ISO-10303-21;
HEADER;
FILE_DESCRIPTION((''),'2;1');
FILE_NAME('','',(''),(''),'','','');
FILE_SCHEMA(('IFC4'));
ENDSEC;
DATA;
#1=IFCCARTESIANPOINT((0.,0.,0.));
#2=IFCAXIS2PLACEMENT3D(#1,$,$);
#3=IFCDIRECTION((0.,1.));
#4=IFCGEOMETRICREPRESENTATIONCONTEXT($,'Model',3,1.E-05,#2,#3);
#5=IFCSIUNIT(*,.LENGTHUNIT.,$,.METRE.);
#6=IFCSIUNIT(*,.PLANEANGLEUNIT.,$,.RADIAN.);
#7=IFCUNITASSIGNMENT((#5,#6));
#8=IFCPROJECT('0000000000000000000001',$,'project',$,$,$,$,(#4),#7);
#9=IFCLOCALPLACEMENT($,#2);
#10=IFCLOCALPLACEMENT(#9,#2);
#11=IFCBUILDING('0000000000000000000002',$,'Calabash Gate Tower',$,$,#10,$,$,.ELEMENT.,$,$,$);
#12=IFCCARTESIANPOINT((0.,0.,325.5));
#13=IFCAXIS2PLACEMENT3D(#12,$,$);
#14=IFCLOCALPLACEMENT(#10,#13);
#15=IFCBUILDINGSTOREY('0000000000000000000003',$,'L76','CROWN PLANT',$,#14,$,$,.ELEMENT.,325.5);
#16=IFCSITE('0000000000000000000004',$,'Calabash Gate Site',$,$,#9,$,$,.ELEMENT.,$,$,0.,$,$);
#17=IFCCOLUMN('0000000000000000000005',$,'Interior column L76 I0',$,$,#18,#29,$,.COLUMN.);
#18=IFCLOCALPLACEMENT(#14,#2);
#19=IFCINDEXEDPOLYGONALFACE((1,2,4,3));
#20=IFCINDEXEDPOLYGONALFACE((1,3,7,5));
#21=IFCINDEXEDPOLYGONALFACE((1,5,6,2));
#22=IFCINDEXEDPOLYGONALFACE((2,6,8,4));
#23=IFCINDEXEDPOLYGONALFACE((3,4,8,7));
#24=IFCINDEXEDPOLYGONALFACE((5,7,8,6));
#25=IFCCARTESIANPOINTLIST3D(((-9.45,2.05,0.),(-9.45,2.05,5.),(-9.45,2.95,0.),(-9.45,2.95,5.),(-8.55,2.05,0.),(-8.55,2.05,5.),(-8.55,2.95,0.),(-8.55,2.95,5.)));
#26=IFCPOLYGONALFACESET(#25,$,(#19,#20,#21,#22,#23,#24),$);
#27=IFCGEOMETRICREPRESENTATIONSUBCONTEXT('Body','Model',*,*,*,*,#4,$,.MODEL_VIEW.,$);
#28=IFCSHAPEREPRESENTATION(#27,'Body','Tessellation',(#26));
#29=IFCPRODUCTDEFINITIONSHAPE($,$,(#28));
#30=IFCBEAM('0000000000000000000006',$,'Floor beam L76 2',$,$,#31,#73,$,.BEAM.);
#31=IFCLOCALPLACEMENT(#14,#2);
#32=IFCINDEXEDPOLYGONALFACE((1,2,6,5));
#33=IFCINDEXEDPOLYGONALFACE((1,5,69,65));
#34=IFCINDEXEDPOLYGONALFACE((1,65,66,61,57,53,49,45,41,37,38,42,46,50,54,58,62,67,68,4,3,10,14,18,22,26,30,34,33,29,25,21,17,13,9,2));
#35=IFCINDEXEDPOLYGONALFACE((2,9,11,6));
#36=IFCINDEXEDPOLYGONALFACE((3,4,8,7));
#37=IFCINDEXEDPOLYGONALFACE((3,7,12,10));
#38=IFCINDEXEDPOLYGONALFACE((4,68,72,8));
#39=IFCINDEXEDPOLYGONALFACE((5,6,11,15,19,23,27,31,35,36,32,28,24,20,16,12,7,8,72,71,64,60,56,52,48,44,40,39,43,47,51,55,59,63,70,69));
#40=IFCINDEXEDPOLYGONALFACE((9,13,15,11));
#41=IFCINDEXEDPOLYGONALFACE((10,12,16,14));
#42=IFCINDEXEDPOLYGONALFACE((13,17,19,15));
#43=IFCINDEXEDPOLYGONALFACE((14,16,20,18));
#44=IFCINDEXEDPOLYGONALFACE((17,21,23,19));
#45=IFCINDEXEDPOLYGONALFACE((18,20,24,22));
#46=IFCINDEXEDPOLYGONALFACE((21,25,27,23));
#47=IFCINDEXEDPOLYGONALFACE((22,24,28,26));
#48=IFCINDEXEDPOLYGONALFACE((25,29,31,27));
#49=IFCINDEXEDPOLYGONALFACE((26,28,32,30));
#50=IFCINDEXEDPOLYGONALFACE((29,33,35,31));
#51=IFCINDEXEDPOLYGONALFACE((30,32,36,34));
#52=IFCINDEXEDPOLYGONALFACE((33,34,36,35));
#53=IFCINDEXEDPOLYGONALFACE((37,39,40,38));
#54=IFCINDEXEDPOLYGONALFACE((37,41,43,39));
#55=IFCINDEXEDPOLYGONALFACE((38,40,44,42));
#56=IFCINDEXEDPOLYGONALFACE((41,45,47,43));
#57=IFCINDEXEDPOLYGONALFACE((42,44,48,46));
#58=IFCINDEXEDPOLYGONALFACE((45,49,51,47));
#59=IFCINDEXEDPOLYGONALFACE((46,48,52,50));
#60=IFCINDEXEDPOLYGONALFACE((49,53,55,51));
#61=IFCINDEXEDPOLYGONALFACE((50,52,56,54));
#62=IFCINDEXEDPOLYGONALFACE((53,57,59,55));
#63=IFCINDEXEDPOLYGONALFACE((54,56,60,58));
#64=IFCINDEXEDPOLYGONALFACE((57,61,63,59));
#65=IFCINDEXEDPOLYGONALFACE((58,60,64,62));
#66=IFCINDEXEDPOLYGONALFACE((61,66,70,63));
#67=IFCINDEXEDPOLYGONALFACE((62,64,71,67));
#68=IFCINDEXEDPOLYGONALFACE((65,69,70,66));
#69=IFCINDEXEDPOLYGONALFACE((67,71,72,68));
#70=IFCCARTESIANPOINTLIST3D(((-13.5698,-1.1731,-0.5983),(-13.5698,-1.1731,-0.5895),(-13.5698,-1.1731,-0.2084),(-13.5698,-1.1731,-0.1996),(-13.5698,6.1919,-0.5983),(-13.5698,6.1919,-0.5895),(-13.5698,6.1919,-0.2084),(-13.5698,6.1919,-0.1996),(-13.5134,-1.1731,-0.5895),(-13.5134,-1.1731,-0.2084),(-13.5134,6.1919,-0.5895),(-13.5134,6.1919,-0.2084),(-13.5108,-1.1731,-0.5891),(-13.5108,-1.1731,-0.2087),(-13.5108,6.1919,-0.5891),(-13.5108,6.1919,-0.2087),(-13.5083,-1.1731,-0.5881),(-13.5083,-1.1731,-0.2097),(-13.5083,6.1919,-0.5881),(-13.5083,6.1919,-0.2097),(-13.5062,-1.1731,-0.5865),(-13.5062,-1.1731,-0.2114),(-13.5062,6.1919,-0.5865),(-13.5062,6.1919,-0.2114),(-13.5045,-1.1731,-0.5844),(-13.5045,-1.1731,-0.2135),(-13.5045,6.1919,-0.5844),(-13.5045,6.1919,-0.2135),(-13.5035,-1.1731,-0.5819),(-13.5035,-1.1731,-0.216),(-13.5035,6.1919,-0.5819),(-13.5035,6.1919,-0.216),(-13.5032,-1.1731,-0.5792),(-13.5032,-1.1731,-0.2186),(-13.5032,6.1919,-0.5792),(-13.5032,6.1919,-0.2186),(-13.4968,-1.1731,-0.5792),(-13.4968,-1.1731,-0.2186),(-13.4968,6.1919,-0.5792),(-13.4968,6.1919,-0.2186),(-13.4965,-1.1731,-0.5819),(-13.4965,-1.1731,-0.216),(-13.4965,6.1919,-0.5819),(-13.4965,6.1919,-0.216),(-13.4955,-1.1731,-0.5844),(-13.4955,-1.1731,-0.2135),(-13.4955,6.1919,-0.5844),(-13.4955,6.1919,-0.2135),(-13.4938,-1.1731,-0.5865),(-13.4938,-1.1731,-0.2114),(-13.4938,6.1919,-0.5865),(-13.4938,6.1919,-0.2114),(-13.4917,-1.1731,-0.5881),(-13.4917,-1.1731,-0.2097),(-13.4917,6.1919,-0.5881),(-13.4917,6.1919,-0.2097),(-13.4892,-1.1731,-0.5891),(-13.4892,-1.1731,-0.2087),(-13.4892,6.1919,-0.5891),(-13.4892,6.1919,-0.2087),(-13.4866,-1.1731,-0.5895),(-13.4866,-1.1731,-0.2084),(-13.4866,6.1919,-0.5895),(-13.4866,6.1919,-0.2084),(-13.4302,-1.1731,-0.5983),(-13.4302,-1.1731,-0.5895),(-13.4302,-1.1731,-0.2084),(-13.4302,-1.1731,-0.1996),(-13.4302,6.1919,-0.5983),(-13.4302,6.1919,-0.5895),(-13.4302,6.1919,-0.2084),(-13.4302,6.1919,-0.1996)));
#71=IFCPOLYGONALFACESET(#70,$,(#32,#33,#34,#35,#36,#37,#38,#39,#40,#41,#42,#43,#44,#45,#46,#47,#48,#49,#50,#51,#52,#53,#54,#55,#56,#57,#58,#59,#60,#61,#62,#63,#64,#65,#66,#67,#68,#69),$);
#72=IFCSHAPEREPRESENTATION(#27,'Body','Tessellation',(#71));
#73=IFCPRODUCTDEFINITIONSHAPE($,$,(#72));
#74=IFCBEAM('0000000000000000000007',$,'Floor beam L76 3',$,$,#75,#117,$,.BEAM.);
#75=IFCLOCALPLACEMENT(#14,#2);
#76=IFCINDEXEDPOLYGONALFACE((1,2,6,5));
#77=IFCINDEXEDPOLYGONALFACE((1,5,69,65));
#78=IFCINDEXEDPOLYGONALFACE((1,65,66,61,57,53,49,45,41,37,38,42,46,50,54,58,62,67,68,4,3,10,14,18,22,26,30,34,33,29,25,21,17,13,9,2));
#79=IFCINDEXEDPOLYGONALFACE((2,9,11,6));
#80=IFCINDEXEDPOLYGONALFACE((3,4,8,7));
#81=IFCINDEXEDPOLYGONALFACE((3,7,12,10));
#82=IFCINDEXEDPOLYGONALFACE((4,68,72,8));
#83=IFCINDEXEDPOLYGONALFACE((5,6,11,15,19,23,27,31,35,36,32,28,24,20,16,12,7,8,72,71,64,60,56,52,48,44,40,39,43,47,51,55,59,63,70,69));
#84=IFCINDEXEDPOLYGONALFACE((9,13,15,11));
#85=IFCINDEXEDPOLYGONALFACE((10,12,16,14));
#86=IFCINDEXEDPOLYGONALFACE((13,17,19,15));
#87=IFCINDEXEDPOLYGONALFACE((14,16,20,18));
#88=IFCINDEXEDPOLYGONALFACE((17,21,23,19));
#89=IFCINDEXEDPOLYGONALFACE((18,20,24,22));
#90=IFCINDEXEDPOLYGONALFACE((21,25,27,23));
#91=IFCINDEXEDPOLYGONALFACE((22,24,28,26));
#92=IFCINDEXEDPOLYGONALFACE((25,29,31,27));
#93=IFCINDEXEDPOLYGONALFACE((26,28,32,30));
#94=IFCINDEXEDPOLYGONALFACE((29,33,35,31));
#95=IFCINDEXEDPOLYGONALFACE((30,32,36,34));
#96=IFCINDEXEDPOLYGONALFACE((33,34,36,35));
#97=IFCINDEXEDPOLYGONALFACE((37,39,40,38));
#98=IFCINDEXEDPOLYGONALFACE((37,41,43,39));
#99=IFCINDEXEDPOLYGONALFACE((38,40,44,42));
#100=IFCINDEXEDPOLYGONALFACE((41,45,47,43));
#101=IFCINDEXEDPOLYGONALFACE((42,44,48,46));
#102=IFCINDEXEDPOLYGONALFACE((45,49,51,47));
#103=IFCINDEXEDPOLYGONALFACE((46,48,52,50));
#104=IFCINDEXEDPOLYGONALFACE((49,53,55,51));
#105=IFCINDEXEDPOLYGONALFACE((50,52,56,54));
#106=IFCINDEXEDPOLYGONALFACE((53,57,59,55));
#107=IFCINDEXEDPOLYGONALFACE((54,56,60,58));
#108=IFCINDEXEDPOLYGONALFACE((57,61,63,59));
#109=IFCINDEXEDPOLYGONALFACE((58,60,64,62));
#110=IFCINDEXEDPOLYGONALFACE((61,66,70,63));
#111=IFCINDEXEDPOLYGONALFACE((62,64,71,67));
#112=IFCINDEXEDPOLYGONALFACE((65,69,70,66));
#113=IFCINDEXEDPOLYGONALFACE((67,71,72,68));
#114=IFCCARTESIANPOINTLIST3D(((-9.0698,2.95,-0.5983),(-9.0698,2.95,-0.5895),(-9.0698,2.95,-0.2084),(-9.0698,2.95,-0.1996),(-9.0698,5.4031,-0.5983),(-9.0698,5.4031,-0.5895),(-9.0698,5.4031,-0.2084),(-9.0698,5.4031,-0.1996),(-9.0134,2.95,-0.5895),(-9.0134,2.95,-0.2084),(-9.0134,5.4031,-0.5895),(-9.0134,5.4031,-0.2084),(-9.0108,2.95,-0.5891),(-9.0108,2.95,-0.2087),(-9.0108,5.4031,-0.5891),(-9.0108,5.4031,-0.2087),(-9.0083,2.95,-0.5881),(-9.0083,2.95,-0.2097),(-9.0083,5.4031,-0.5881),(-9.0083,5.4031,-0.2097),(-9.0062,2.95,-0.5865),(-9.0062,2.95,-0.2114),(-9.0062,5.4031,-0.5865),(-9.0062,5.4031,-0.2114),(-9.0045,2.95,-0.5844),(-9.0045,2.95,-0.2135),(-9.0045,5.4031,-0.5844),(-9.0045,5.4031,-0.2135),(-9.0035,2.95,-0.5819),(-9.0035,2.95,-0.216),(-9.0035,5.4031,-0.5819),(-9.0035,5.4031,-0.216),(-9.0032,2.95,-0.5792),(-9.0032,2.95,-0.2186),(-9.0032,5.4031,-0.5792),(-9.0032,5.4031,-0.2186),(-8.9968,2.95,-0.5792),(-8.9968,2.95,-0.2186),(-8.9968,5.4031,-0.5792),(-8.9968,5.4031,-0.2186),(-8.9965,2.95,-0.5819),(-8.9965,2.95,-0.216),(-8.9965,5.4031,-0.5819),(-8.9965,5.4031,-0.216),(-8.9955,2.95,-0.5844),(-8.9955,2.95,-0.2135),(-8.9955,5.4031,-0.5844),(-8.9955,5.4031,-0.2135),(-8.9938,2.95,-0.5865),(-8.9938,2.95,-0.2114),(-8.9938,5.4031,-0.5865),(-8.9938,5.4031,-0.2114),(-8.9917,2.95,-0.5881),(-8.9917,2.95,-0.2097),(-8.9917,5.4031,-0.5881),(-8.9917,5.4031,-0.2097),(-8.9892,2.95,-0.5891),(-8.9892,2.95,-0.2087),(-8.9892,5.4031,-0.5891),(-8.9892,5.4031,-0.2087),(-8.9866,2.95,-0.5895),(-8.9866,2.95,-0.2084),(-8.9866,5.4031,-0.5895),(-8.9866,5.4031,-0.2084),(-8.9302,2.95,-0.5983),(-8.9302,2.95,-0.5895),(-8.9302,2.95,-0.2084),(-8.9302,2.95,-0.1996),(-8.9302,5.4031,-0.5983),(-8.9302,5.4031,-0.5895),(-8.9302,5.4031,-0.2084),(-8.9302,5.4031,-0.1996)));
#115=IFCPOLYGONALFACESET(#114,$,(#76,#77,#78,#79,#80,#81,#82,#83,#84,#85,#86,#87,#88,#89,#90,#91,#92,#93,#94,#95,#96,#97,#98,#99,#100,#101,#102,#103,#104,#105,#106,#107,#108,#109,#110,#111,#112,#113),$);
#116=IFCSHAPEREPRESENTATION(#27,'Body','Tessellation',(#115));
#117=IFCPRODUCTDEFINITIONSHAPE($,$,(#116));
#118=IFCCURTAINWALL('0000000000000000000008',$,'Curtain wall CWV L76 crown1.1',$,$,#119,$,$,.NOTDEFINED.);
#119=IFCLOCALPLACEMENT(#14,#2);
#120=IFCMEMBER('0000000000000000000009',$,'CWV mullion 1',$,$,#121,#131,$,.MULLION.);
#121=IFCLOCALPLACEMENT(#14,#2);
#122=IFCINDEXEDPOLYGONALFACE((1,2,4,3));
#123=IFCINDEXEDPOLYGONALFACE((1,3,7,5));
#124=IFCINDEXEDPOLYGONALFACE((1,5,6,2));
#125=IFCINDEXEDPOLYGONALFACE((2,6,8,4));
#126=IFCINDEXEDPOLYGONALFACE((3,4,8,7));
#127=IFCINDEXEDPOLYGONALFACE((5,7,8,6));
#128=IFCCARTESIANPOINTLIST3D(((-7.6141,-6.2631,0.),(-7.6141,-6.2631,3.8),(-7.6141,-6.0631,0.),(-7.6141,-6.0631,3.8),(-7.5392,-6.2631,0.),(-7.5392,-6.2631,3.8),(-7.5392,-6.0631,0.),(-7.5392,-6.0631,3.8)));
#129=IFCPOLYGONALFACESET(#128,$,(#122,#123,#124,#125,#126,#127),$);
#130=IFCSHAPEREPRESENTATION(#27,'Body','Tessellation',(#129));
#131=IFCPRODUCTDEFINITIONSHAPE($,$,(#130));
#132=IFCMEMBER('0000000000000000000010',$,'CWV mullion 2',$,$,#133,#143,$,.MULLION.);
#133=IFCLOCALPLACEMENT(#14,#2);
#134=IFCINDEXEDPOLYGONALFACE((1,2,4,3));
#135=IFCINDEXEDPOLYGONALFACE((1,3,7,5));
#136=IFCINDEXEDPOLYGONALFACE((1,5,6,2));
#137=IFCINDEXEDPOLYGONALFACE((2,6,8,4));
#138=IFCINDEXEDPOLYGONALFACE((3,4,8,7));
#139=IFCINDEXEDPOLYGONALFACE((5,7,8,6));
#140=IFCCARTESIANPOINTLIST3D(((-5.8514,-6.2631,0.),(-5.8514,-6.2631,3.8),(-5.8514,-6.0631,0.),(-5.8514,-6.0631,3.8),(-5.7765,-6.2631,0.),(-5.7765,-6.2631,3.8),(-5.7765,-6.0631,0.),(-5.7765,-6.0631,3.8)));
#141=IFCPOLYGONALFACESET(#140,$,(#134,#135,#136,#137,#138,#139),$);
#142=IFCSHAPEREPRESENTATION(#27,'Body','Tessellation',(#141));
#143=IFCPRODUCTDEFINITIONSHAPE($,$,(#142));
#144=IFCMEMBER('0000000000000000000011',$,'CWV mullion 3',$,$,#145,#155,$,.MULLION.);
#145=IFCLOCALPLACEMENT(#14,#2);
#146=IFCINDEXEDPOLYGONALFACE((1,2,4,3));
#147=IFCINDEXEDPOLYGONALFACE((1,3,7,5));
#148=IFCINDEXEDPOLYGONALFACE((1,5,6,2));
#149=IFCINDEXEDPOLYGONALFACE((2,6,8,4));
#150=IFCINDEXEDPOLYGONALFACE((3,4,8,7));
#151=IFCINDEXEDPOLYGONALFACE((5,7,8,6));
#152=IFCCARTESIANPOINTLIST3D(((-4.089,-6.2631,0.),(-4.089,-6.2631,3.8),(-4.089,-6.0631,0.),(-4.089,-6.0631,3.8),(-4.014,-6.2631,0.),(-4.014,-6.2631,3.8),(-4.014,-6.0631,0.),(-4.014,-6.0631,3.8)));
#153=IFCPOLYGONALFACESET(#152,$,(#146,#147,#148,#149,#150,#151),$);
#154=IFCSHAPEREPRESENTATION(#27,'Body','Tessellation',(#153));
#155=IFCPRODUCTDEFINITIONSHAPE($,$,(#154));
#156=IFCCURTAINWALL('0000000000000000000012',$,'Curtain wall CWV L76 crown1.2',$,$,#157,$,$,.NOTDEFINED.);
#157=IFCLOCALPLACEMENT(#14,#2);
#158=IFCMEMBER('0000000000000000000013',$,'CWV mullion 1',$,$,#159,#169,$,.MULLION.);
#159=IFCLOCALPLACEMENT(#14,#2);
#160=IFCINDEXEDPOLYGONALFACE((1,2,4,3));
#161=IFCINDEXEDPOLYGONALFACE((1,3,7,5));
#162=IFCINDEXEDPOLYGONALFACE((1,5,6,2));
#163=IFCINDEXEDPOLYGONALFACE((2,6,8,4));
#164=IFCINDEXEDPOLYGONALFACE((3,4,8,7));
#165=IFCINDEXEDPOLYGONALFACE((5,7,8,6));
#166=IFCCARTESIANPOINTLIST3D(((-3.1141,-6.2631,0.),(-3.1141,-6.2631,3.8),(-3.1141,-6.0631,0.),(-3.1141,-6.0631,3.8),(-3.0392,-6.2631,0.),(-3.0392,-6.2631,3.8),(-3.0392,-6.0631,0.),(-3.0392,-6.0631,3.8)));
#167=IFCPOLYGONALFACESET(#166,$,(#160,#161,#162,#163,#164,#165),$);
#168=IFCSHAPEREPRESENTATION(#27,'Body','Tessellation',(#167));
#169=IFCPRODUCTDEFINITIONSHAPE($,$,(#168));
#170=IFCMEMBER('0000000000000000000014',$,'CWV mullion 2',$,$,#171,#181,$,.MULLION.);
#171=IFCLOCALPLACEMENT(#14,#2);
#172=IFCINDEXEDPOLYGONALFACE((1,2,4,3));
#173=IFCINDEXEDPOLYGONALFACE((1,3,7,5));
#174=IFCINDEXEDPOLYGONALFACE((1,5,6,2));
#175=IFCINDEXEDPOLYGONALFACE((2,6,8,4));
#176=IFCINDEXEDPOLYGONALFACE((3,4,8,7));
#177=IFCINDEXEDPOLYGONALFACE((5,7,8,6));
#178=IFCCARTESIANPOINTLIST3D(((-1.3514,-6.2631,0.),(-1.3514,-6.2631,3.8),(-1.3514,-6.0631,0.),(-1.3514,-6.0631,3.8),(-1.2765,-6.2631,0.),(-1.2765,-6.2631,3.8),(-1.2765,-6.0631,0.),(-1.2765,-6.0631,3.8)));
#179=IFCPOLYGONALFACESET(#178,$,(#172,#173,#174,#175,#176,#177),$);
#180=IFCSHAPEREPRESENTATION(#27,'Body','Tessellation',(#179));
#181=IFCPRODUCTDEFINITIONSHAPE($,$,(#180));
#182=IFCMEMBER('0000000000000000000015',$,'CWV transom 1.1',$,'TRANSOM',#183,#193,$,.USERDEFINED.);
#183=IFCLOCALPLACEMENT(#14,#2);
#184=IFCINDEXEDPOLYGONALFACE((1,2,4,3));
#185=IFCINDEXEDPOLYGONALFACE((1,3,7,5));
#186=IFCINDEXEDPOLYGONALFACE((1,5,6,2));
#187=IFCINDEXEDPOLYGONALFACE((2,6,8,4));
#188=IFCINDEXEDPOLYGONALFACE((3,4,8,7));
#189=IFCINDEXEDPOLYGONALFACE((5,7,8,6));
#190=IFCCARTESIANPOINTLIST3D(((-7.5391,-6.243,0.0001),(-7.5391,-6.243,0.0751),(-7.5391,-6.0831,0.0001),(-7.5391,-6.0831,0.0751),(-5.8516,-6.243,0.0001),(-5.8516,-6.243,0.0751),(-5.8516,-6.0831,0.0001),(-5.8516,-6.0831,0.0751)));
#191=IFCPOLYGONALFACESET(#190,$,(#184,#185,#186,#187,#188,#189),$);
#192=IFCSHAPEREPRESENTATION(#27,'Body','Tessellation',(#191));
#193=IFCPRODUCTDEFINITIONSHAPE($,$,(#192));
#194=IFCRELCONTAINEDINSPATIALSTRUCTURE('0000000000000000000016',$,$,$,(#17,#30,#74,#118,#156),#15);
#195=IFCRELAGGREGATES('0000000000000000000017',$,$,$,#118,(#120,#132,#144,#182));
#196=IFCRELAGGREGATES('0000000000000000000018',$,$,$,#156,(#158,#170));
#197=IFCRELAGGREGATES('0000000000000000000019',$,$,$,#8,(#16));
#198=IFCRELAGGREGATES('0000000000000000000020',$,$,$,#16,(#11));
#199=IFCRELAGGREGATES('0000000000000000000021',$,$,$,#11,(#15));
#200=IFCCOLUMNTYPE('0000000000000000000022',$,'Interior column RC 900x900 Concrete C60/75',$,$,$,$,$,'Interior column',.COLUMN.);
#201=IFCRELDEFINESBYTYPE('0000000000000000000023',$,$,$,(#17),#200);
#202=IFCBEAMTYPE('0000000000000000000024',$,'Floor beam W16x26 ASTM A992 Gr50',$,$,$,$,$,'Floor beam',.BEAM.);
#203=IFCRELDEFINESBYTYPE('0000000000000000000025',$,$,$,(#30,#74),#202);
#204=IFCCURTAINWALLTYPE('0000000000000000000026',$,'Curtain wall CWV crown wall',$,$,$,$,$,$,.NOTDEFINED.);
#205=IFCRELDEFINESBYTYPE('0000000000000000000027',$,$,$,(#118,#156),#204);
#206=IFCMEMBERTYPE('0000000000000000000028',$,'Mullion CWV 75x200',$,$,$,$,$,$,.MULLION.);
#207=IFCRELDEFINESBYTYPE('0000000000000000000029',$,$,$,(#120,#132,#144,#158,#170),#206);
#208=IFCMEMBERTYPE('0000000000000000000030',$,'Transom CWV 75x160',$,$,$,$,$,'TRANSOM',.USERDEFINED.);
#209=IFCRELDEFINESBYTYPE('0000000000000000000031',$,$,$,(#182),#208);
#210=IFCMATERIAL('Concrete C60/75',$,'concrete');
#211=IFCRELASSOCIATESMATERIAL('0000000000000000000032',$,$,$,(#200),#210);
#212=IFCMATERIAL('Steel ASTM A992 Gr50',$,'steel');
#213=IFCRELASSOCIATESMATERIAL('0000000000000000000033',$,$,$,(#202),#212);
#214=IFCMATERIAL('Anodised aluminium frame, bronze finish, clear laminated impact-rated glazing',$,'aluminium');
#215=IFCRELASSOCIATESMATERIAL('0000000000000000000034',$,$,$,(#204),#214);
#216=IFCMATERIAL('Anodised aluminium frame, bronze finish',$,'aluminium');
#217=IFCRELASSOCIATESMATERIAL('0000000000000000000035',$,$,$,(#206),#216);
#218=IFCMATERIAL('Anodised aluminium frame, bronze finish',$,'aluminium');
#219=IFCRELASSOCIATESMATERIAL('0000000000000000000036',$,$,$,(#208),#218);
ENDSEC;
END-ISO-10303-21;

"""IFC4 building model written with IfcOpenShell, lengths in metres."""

from ifc_helpers import new_model, si_unit, direction, frame, origin, origin_2d, place, context, subcontext, project, spatial, rectangle, i_section, extrude, material, material_profile, profile_set, type_object, element, aggregate, save


model = new_model("IFC4")

# Units and contexts
model_context = context("Model", 3, precision=1e-05, world=origin(), true_north=direction((0.0, 1.0)))
body_context = subcontext(model_context, "Body", "Model", "MODEL_VIEW")
ifc_project = project(units=[si_unit("LENGTHUNIT", "METRE"), si_unit("PLANEANGLEUNIT", "RADIAN")], contexts=[model_context])

# Site, building, storey
site_placement = place(None, origin())
site = spatial("IfcSite", under=ifc_project, at=site_placement, Name="Calabash Gate Site", CompositionType="ELEMENT", RefElevation=0.0)
building_placement = place(site_placement, origin())
building = spatial("IfcBuilding", under=site, at=building_placement, Name="Calabash Gate Tower", CompositionType="ELEMENT")
storey_placement = place(building_placement, frame((0.0, 0.0, 325.5)))
storey = spatial("IfcBuildingStorey", under=building, at=storey_placement, Name="L76", Description="CROWN PLANT", CompositionType="ELEMENT", Elevation=325.5)

# Column
ifc_material_1 = material(Name="Concrete C60/75", Category="concrete")
ifc_material_profile_1 = material_profile(ifc_material_1, rectangle(XDim=0.8999, YDim=0.8999, at=origin_2d()))
ifc_profile_set_1 = profile_set([ifc_material_profile_1], Name="Concrete C60/75")
column_type = type_object("IfcColumnType", Name="Interior column RC 900x900 Concrete C60/75", ElementType="Interior column", PredefinedType="COLUMN", material=ifc_profile_set_1)
column_placement = place(storey_placement, frame((-9.0, 2.5, 0.0), z_axis=(0.0, 0.0, 1.0), x_axis=(1.0, 0.0, 0.0)))
element("IfcColumn", 1, at=column_placement, inside=storey, type_object=column_type, Name="Interior column L76 I0", PredefinedType="COLUMN", context=body_context, shape_type="SweptSolid", body=[
    extrude(rectangle(XDim=0.8999, YDim=0.8999, at=origin_2d()), origin(), (0.0, 0.0, 1.0), 5.0),
])

# Beams
ifc_material_2 = material(Name="Steel ASTM A992 Gr50", Category="steel")
ifc_material_profile_2 = material_profile(ifc_material_2, i_section(OverallWidth=0.1396, OverallDepth=0.3987, WebThickness=0.0063, FlangeThickness=0.0088, FilletRadius=0.0103, at=origin_2d()))
ifc_profile_set_2 = profile_set([ifc_material_profile_2], Name="Steel ASTM A992 Gr50")
beam_type = type_object("IfcBeamType", Name="Floor beam W16x26 ASTM A992 Gr50", ElementType="Floor beam", PredefinedType="BEAM", material=ifc_profile_set_2)
beam_1_placement = place(storey_placement, frame((-13.5, -1.1731, -0.3989), z_axis=(0.0, 1.0, 0.0), x_axis=(-1.0, 0.0, 0.0)))
element("IfcBeam", 2, at=beam_1_placement, inside=storey, type_object=beam_type, Name="Floor beam L76 2", PredefinedType="BEAM", context=body_context, shape_type="SweptSolid", body=[
    extrude(i_section(OverallWidth=0.1396, OverallDepth=0.3987, WebThickness=0.0063, FlangeThickness=0.0088, FilletRadius=0.0103, at=origin_2d()), origin(), (0.0, 0.0, 1.0), 7.365),
])
beam_2_placement = place(storey_placement, frame((-9.0, 2.95, -0.3989), z_axis=(0.0, 1.0, 0.0), x_axis=(-1.0, 0.0, 0.0)))
element("IfcBeam", 3, at=beam_2_placement, inside=storey, type_object=beam_type, Name="Floor beam L76 3", PredefinedType="BEAM", context=body_context, shape_type="SweptSolid", body=[
    extrude(i_section(OverallWidth=0.1396, OverallDepth=0.3987, WebThickness=0.0063, FlangeThickness=0.0088, FilletRadius=0.0103, at=origin_2d()), origin(), (0.0, 0.0, 1.0), 2.4531),
])

# Curtain walls, members
ifc_material_3 = material(Name="Anodised aluminium frame, bronze finish, clear laminated impact-rated glazing", Category="aluminium")
curtain_wall_type = type_object("IfcCurtainWallType", Name="Curtain wall CWV crown wall", PredefinedType="NOTDEFINED", material=ifc_material_3)
curtain_wall_1_placement = place(storey_placement, origin())
curtain_wall_1 = element("IfcCurtainWall", 4, at=curtain_wall_1_placement, inside=storey, type_object=curtain_wall_type, Name="Curtain wall CWV L76 crown1.1", PredefinedType="NOTDEFINED")
ifc_material_4 = material(Name="Anodised aluminium frame, bronze finish", Category="aluminium")
ifc_material_profile_3 = material_profile(ifc_material_4, rectangle(XDim=0.2, YDim=0.075, at=origin_2d()))
ifc_profile_set_3 = profile_set([ifc_material_profile_3], Name="Anodised aluminium frame, bronze finish")
member_type_1 = type_object("IfcMemberType", Name="Mullion CWV 75x200", PredefinedType="MULLION", material=ifc_profile_set_3)
member_1_placement = place(storey_placement, frame((-7.5767, -6.1631, 0.0), z_axis=(0.0, 0.0, 1.0), x_axis=(0.0, 1.0, 0.0)))
member_1 = element("IfcMember", 5, at=member_1_placement, type_object=member_type_1, Name="CWV mullion 1", PredefinedType="MULLION", context=body_context, shape_type="SweptSolid", body=[
    extrude(rectangle(XDim=0.2, YDim=0.075, at=origin_2d()), origin(), (0.0, 0.0, 1.0), 3.8),
])
member_2_placement = place(storey_placement, frame((-5.814, -6.1631, 0.0), z_axis=(0.0, 0.0, 1.0), x_axis=(0.0, 1.0, 0.0)))
member_2 = element("IfcMember", 6, at=member_2_placement, type_object=member_type_1, Name="CWV mullion 2", PredefinedType="MULLION", context=body_context, shape_type="SweptSolid", body=[
    extrude(rectangle(XDim=0.2, YDim=0.075, at=origin_2d()), origin(), (0.0, 0.0, 1.0), 3.8),
])
member_3_placement = place(storey_placement, frame((-4.0515, -6.1631, 0.0), z_axis=(0.0, 0.0, 1.0), x_axis=(0.0, 1.0, 0.0)))
member_3 = element("IfcMember", 7, at=member_3_placement, type_object=member_type_1, Name="CWV mullion 3", PredefinedType="MULLION", context=body_context, shape_type="SweptSolid", body=[
    extrude(rectangle(XDim=0.2, YDim=0.075, at=origin_2d()), origin(), (0.0, 0.0, 1.0), 3.8),
])
curtain_wall_2_placement = place(storey_placement, origin())
curtain_wall_2 = element("IfcCurtainWall", 8, at=curtain_wall_2_placement, inside=storey, type_object=curtain_wall_type, Name="Curtain wall CWV L76 crown1.2", PredefinedType="NOTDEFINED")
member_4_placement = place(storey_placement, frame((-3.0767, -6.1631, 0.0), z_axis=(0.0, 0.0, 1.0), x_axis=(0.0, 1.0, 0.0)))
member_4 = element("IfcMember", 9, at=member_4_placement, type_object=member_type_1, Name="CWV mullion 1", PredefinedType="MULLION", context=body_context, shape_type="SweptSolid", body=[
    extrude(rectangle(XDim=0.2, YDim=0.075, at=origin_2d()), origin(), (0.0, 0.0, 1.0), 3.8),
])
member_5_placement = place(storey_placement, frame((-1.314, -6.1631, 0.0), z_axis=(0.0, 0.0, 1.0), x_axis=(0.0, 1.0, 0.0)))
member_5 = element("IfcMember", 10, at=member_5_placement, type_object=member_type_1, Name="CWV mullion 2", PredefinedType="MULLION", context=body_context, shape_type="SweptSolid", body=[
    extrude(rectangle(XDim=0.2, YDim=0.075, at=origin_2d()), origin(), (0.0, 0.0, 1.0), 3.8),
])

# Member
ifc_material_5 = material(Name="Anodised aluminium frame, bronze finish", Category="aluminium")
ifc_material_profile_4 = material_profile(ifc_material_5, rectangle(XDim=0.1599, YDim=0.075, at=origin_2d()))
ifc_profile_set_4 = profile_set([ifc_material_profile_4], Name="Anodised aluminium frame, bronze finish")
member_type_2 = type_object("IfcMemberType", Name="Transom CWV 75x160", ElementType="TRANSOM", PredefinedType="USERDEFINED", material=ifc_profile_set_4)
member_6_placement = place(storey_placement, frame((-7.5391, -6.1631, 0.0376), z_axis=(1.0, 0.0, 0.0), x_axis=(0.0, 1.0, 0.0)))
member_6 = element("IfcMember", 11, at=member_6_placement, type_object=member_type_2, Name="CWV transom 1.1", ObjectType="TRANSOM", PredefinedType="USERDEFINED", context=body_context, shape_type="SweptSolid", body=[
    extrude(rectangle(XDim=0.1599, YDim=0.075, at=origin_2d()), origin(), (0.0, 0.0, 1.0), 1.6875),
])

aggregate(curtain_wall_1, [member_1, member_2, member_3, member_6])
aggregate(curtain_wall_2, [member_4, member_5])

save(model, "model.ifc")
